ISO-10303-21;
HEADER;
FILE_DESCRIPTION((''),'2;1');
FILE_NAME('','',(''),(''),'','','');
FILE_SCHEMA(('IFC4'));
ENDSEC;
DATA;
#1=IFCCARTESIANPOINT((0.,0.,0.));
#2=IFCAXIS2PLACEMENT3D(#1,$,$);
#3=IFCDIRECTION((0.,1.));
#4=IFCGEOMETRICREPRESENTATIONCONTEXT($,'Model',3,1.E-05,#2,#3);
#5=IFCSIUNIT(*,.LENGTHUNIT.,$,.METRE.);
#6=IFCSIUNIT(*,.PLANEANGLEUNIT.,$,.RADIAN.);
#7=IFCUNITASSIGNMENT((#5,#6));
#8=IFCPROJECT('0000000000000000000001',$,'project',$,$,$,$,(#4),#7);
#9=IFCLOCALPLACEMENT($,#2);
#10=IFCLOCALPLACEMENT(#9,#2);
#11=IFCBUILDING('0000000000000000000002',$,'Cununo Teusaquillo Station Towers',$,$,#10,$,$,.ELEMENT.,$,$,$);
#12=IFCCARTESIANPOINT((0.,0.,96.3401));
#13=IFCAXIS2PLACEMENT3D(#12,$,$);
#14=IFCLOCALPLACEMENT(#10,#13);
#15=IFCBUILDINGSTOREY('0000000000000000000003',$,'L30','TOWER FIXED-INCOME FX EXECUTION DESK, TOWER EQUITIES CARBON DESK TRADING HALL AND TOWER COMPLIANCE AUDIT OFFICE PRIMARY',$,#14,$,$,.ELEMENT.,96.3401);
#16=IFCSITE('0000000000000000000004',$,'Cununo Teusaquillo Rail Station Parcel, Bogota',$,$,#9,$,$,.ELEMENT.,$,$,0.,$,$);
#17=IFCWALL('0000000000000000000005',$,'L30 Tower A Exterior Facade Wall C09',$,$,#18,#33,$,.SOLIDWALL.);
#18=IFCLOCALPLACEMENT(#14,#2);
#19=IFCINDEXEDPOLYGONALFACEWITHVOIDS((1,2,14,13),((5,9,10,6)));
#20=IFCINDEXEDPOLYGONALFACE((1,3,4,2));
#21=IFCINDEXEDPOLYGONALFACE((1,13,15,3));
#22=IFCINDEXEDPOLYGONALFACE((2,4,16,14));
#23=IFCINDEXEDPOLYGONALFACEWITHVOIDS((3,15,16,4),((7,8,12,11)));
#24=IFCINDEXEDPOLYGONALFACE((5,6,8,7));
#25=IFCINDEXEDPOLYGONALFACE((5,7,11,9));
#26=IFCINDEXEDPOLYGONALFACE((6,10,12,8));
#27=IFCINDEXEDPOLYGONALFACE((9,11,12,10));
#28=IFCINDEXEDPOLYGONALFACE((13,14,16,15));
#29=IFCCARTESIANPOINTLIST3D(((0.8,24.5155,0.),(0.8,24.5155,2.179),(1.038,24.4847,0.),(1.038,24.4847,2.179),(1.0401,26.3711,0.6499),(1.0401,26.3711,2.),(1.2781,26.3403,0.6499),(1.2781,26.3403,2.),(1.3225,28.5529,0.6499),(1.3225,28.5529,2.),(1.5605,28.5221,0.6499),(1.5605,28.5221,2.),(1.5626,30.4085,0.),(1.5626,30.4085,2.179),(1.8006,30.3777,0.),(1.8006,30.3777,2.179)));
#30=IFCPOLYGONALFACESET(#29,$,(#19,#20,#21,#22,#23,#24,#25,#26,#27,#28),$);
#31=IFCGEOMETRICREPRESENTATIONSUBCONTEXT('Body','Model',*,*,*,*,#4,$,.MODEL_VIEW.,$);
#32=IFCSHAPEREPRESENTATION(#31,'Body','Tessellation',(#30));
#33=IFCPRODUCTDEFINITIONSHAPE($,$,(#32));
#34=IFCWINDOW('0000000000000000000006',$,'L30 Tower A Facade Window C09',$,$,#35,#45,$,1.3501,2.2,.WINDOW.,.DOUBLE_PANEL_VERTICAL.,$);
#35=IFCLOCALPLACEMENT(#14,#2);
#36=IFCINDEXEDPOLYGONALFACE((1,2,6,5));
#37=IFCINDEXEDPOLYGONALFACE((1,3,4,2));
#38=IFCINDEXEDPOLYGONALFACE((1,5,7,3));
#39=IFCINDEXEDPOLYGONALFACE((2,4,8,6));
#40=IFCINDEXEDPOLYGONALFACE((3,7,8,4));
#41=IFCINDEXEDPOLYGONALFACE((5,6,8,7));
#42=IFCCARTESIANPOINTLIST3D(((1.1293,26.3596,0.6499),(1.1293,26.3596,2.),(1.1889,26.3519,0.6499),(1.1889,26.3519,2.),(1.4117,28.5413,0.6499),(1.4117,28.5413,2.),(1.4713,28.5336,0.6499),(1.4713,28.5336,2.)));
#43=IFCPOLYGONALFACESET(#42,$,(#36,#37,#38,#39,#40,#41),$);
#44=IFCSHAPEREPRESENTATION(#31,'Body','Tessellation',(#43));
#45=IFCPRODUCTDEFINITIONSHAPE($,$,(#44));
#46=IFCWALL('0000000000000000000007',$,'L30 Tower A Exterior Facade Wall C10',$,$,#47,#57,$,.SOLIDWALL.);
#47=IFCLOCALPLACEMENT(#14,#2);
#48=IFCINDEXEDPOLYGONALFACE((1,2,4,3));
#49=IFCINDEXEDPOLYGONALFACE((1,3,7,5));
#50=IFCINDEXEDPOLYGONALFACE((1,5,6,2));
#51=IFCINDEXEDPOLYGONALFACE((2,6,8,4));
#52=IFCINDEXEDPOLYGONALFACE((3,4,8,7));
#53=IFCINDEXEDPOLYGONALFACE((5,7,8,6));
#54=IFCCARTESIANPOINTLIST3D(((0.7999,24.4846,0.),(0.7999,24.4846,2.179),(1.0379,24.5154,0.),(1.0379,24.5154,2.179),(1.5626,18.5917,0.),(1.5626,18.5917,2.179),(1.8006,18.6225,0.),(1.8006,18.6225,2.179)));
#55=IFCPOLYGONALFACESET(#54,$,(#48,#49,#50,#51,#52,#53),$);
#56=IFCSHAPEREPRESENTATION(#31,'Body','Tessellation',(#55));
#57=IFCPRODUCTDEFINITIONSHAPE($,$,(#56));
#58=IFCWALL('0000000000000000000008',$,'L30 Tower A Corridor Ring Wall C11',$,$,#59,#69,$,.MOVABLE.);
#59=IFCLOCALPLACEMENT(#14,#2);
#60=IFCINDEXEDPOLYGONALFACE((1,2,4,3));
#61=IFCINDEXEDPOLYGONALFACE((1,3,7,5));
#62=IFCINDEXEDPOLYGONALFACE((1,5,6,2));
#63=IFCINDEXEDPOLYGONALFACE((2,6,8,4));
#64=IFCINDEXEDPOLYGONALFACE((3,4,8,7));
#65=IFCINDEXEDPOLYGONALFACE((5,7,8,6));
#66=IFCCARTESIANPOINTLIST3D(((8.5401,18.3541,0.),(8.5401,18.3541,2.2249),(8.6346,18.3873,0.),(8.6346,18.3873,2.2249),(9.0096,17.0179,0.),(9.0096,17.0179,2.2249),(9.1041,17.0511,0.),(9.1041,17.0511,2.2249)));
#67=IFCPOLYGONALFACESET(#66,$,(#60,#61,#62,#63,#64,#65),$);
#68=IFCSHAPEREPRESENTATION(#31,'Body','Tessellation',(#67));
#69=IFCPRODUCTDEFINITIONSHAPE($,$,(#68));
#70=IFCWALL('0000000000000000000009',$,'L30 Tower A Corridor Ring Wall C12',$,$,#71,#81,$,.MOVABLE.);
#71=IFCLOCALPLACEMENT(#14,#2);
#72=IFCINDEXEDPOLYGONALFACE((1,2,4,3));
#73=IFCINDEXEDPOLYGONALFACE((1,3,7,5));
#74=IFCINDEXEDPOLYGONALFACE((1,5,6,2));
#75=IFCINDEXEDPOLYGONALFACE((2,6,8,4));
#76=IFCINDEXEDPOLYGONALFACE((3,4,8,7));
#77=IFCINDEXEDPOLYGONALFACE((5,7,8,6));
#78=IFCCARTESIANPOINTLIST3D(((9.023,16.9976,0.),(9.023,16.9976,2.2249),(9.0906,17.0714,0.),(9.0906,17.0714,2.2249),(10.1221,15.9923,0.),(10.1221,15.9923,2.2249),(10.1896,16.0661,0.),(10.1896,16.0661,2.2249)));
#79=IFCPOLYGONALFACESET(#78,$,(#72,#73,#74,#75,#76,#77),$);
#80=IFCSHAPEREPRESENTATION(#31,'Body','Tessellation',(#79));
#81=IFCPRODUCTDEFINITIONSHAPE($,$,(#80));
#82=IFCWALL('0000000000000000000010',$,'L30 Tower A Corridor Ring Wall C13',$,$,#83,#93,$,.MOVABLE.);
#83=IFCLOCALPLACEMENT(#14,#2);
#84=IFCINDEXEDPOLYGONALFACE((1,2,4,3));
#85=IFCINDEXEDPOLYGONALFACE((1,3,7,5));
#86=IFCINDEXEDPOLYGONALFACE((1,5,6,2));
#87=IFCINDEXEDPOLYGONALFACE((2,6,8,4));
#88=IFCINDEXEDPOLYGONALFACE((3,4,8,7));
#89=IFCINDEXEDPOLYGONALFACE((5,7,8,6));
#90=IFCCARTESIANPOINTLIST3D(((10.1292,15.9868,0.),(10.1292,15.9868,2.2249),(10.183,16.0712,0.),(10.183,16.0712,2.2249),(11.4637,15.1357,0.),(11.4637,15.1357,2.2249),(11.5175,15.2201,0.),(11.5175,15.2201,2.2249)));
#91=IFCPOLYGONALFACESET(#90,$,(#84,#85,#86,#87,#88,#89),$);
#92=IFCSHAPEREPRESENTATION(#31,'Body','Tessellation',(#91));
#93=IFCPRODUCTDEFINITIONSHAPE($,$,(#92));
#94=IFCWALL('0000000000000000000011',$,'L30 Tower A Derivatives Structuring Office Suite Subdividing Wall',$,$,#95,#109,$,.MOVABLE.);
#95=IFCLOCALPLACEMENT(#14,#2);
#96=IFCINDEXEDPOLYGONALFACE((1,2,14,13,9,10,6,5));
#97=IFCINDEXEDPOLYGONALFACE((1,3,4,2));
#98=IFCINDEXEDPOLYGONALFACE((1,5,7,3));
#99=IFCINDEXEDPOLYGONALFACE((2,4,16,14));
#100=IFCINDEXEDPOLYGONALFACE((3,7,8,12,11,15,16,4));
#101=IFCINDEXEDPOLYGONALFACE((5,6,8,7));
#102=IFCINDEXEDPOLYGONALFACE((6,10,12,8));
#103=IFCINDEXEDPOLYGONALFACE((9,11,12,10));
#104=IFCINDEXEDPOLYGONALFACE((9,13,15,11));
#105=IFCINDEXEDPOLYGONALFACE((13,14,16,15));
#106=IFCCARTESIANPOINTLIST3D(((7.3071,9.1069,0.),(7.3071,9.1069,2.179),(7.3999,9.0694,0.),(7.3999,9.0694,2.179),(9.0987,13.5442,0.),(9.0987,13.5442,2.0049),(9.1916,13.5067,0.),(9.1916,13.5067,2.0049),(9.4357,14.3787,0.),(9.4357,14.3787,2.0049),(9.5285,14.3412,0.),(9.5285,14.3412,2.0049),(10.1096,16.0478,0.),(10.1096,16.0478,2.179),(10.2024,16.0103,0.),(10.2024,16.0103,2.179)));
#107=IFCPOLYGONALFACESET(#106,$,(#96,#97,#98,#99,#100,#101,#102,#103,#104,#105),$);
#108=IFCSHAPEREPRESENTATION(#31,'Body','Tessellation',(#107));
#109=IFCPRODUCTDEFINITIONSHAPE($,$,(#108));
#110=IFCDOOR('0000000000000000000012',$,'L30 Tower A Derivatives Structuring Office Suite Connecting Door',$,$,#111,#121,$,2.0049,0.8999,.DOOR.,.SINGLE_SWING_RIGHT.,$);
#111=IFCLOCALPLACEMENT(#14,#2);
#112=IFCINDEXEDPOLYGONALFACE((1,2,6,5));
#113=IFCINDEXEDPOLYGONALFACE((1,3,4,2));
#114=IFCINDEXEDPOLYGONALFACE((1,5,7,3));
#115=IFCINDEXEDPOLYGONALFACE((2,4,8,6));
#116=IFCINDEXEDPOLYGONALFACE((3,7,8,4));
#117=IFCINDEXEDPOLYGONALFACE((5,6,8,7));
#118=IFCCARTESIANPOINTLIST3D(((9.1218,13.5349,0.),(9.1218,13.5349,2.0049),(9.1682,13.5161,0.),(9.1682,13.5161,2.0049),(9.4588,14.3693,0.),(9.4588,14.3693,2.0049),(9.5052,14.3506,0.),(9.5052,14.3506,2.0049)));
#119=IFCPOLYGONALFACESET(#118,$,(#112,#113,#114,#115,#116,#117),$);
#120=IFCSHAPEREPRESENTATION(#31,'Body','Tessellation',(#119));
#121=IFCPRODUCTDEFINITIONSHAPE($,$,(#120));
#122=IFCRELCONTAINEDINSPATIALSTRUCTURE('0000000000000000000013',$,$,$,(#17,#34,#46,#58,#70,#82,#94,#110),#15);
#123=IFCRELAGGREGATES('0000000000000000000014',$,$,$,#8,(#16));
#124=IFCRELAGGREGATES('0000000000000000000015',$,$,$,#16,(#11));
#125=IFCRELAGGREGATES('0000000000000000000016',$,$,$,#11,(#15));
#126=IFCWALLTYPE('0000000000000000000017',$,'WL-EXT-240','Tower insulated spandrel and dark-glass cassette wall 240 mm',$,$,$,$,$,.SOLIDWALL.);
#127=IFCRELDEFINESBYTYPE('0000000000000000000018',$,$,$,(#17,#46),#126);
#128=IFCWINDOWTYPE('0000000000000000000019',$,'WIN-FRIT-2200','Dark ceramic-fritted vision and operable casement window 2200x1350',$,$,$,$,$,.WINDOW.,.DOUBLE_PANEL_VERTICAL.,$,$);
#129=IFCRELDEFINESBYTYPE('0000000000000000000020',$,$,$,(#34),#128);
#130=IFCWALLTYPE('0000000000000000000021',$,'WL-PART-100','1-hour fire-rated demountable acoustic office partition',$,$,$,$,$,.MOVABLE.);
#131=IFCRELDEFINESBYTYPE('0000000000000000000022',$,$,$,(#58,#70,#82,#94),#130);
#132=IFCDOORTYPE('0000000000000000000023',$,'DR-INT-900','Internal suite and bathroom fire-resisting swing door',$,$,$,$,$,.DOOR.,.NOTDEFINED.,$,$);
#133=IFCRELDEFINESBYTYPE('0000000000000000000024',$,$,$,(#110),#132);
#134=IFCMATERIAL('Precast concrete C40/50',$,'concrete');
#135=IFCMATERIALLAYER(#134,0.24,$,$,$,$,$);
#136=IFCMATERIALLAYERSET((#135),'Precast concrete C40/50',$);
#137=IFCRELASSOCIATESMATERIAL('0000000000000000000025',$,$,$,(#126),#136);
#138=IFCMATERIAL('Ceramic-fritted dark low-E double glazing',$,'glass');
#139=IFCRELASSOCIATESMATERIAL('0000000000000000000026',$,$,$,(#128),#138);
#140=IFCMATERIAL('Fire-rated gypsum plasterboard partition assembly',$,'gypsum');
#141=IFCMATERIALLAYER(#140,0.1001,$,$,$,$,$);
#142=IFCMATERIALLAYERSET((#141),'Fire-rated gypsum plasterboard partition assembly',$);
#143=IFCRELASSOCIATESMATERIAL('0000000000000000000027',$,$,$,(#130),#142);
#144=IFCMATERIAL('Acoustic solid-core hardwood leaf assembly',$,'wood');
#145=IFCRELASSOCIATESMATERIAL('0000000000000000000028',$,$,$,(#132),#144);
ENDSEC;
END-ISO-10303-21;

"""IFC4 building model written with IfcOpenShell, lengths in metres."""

from ifc_helpers import new_model, si_unit, direction, frame, frame_2d, origin, place, context, subcontext, project, spatial, rectangle, extrude, source, transform, mapped, material, layer, layer_set, type_object, element, fill, save


model = new_model("IFC4")

# Units and contexts
model_context = context("Model", 3, precision=1e-05, world=origin(), true_north=direction((0.0, 1.0)))
body_context = subcontext(model_context, "Body", "Model", "MODEL_VIEW")
ifc_project = project(units=[si_unit("LENGTHUNIT", "METRE"), si_unit("PLANEANGLEUNIT", "RADIAN")], contexts=[model_context])

# Site, building, storey
site_placement = place(None, origin())
site = spatial("IfcSite", under=ifc_project, at=site_placement, Name="Cununo Teusaquillo Rail Station Parcel, Bogota", CompositionType="ELEMENT", RefElevation=0.0)
building_placement = place(site_placement, origin())
building = spatial("IfcBuilding", under=site, at=building_placement, Name="Cununo Teusaquillo Station Towers", CompositionType="ELEMENT")
storey_placement = place(building_placement, frame((0.0, 0.0, 96.3401)))
storey = spatial("IfcBuildingStorey", under=building, at=storey_placement, Name="L30", Description="TOWER FIXED-INCOME FX EXECUTION DESK, TOWER EQUITIES CARBON DESK TRADING HALL AND TOWER COMPLIANCE AUDIT OFFICE PRIMARY", CompositionType="ELEMENT", Elevation=96.3401)

# Wall, opening, window
ifc_material_1 = material(Name="Precast concrete C40/50", Category="concrete")
ifc_layer_1 = layer(ifc_material_1, 0.24)
ifc_layer_set_1 = layer_set([ifc_layer_1], Name="Precast concrete C40/50")
wall_type_1 = type_object("IfcWallType", Name="WL-EXT-240", Description="Tower insulated spandrel and dark-glass cassette wall 240 mm", PredefinedType="SOLIDWALL", material=ifc_layer_set_1)
wall_1_placement = place(storey_placement, frame((0.9189, 24.5, 0.0), z_axis=(0.0, 0.0, 1.0), x_axis=(0.128352, 0.991729, 0.0)))
wall_1 = element("IfcWall", 1, at=wall_1_placement, inside=storey, type_object=wall_type_1, Name="L30 Tower A Exterior Facade Wall C09", PredefinedType="SOLIDWALL", context=body_context, shape_type="SweptSolid", body=[
    extrude(rectangle(XDim=5.9421, YDim=0.24, at=frame_2d((2.9712, 0.0))), origin(), (0.0, 0.0, 1.0), 2.179),
])
shared_shape_1 = source(origin(), body_context, "Body", "SweptSolid", [
    extrude(rectangle(XDim=2.2, YDim=1.3501, at=frame_2d((1.1001, 0.675))), frame((0.0, 0.1299, 0.0), z_axis=(0.0, -1.0, 0.0), x_axis=(1.0, 0.0, 0.0)), (0.0, 0.0, 1.0), 0.26),
])
opening_1_placement = place(wall_1_placement, frame((1.8711, 0.0, 0.6499)))
opening_1 = element("IfcOpeningElement", 2, at=opening_1_placement, cuts=wall_1, PredefinedType="OPENING", context=body_context, shape_type="MappedRepresentation", body=[
    mapped(shared_shape_1, transform((0.0, 0.0, 0.0), x_axis=(1.0, 0.0, 0.0), y_axis=(0.0, 1.0, 0.0), z_axis=(0.0, 0.0, 1.0), scale=1.0)),
])
ifc_material_2 = material(Name="Ceramic-fritted dark low-E double glazing", Category="glass")
window_type = type_object("IfcWindowType", Name="WIN-FRIT-2200", Description="Dark ceramic-fritted vision and operable casement window 2200x1350", PartitioningType="DOUBLE_PANEL_VERTICAL", PredefinedType="WINDOW", material=ifc_material_2)
shared_shape_2 = source(origin(), body_context, "Body", "SweptSolid", [
    extrude(rectangle(XDim=2.2, YDim=1.3501, at=frame_2d((1.1001, 0.675))), frame((0.0, 0.03, 0.0), z_axis=(0.0, -1.0, 0.0), x_axis=(1.0, 0.0, 0.0)), (0.0, 0.0, 1.0), 0.0601),
])
window_placement = place(opening_1_placement, origin())
window = element("IfcWindow", 3, at=window_placement, inside=storey, type_object=window_type, Name="L30 Tower A Facade Window C09", OverallHeight=1.3501, OverallWidth=2.2, PartitioningType="DOUBLE_PANEL_VERTICAL", PredefinedType="WINDOW", context=body_context, shape_type="MappedRepresentation", body=[
    mapped(shared_shape_2, transform((0.0, 0.0, 0.0), x_axis=(1.0, 0.0, 0.0), y_axis=(0.0, 1.0, 0.0), z_axis=(0.0, 0.0, 1.0), scale=1.0)),
])
fill(opening_1, window)

# Walls
wall_2_placement = place(storey_placement, frame((1.6816, 18.6069, 0.0), z_axis=(0.0, 0.0, 1.0), x_axis=(-0.128352, 0.991729, 0.0)))
element("IfcWall", 4, at=wall_2_placement, inside=storey, type_object=wall_type_1, Name="L30 Tower A Exterior Facade Wall C10", PredefinedType="SOLIDWALL", context=body_context, shape_type="SweptSolid", body=[
    extrude(rectangle(XDim=5.9421, YDim=0.24, at=frame_2d((2.9712, 0.0))), origin(), (0.0, 0.0, 1.0), 2.179),
])
ifc_material_3 = material(Name="Fire-rated gypsum plasterboard partition assembly", Category="gypsum")
ifc_layer_2 = layer(ifc_material_3, 0.1001)
ifc_layer_set_2 = layer_set([ifc_layer_2], Name="Fire-rated gypsum plasterboard partition assembly")
wall_type_2 = type_object("IfcWallType", Name="WL-PART-100", Description="1-hour fire-rated demountable acoustic office partition", PredefinedType="MOVABLE", material=ifc_layer_set_2)
wall_3_placement = place(storey_placement, frame((8.5874, 18.3706, 0.0), z_axis=(0.0, 0.0, 1.0), x_axis=(0.331494, -0.943457, 0.0)))
element("IfcWall", 5, at=wall_3_placement, inside=storey, type_object=wall_type_2, Name="L30 Tower A Corridor Ring Wall C11", PredefinedType="MOVABLE", context=body_context, shape_type="SweptSolid", body=[
    extrude(rectangle(XDim=1.4163, YDim=0.1001, at=frame_2d((0.708, 0.0))), origin(), (0.0, 0.0, 1.0), 2.2249),
])
wall_4_placement = place(storey_placement, frame((9.0569, 17.0344, 0.0), z_axis=(0.0, 0.0, 1.0), x_axis=(0.737875, -0.674938, 0.0)))
element("IfcWall", 6, at=wall_4_placement, inside=storey, type_object=wall_type_2, Name="L30 Tower A Corridor Ring Wall C12", PredefinedType="MOVABLE", context=body_context, shape_type="SweptSolid", body=[
    extrude(rectangle(XDim=1.4895, YDim=0.1001, at=frame_2d((0.7446, 0.0))), origin(), (0.0, 0.0, 1.0), 2.2249),
])
wall_5_placement = place(storey_placement, frame((10.156, 16.0291, 0.0), z_axis=(0.0, 0.0, 1.0), x_axis=(0.843128, -0.537714, 0.0)))
element("IfcWall", 7, at=wall_5_placement, inside=storey, type_object=wall_type_2, Name="L30 Tower A Corridor Ring Wall C13", PredefinedType="MOVABLE", context=body_context, shape_type="SweptSolid", body=[
    extrude(rectangle(XDim=1.5828, YDim=0.1001, at=frame_2d((0.7915, 0.0))), origin(), (0.0, 0.0, 1.0), 2.2249),
])

# Wall, opening, door
wall_6_placement = place(storey_placement, frame((10.156, 16.0291, 0.0), z_axis=(0.0, 0.0, 1.0), x_axis=(-0.374397, -0.927268, 0.0)))
wall_6 = element("IfcWall", 8, at=wall_6_placement, inside=storey, type_object=wall_type_2, Name="L30 Tower A Derivatives Structuring Office Suite Subdividing Wall", PredefinedType="MOVABLE", context=body_context, shape_type="SweptSolid", body=[
    extrude(rectangle(XDim=7.4854, YDim=0.1001, at=frame_2d((3.7427, 0.0))), origin(), (0.0, 0.0, 1.0), 2.179),
])
shared_shape_3 = source(origin(), body_context, "Body", "SweptSolid", [
    extrude(rectangle(XDim=0.8999, YDim=2.0049, at=frame_2d((0.45, 1.0024))), frame((0.0, 0.0601, 0.0), z_axis=(0.0, -1.0, 0.0), x_axis=(1.0, 0.0, 0.0)), (0.0, 0.0, 1.0), 0.1201),
])
opening_2_placement = place(wall_6_placement, frame((1.8, 0.0, 0.0)))
opening_2 = element("IfcOpeningElement", 9, at=opening_2_placement, cuts=wall_6, PredefinedType="OPENING", context=body_context, shape_type="MappedRepresentation", body=[
    mapped(shared_shape_3, transform((0.0, 0.0, 0.0), x_axis=(1.0, 0.0, 0.0), y_axis=(0.0, 1.0, 0.0), z_axis=(0.0, 0.0, 1.0), scale=1.0)),
])
ifc_material_4 = material(Name="Acoustic solid-core hardwood leaf assembly", Category="wood")
door_type_1 = type_object("IfcDoorType", Name="DR-INT-900", Description="Internal suite and bathroom fire-resisting swing door", OperationType="NOTDEFINED", PredefinedType="DOOR", material=ifc_material_4)
shared_shape_4 = source(origin(), body_context, "Body", "SweptSolid", [
    extrude(rectangle(XDim=0.8999, YDim=2.0049, at=frame_2d((0.45, 1.0024))), frame((0.0, 0.0249, 0.0), z_axis=(0.0, -1.0, 0.0), x_axis=(1.0, 0.0, 0.0)), (0.0, 0.0, 1.0), 0.05),
])
door_1_placement = place(opening_2_placement, origin())
door_1 = element("IfcDoor", 10, at=door_1_placement, inside=storey, type_object=door_type_1, Name="L30 Tower A Derivatives Structuring Office Suite Connecting Door", OperationType="SINGLE_SWING_RIGHT", OverallHeight=2.0049, OverallWidth=0.8999, PredefinedType="DOOR", context=body_context, shape_type="MappedRepresentation", body=[
    mapped(shared_shape_4, transform((0.0, 0.0, 0.0), x_axis=(1.0, 0.0, 0.0), y_axis=(0.0, 1.0, 0.0), z_axis=(0.0, 0.0, 1.0), scale=1.0)),
])
fill(opening_2, door_1)

save(model, "model.ifc")
